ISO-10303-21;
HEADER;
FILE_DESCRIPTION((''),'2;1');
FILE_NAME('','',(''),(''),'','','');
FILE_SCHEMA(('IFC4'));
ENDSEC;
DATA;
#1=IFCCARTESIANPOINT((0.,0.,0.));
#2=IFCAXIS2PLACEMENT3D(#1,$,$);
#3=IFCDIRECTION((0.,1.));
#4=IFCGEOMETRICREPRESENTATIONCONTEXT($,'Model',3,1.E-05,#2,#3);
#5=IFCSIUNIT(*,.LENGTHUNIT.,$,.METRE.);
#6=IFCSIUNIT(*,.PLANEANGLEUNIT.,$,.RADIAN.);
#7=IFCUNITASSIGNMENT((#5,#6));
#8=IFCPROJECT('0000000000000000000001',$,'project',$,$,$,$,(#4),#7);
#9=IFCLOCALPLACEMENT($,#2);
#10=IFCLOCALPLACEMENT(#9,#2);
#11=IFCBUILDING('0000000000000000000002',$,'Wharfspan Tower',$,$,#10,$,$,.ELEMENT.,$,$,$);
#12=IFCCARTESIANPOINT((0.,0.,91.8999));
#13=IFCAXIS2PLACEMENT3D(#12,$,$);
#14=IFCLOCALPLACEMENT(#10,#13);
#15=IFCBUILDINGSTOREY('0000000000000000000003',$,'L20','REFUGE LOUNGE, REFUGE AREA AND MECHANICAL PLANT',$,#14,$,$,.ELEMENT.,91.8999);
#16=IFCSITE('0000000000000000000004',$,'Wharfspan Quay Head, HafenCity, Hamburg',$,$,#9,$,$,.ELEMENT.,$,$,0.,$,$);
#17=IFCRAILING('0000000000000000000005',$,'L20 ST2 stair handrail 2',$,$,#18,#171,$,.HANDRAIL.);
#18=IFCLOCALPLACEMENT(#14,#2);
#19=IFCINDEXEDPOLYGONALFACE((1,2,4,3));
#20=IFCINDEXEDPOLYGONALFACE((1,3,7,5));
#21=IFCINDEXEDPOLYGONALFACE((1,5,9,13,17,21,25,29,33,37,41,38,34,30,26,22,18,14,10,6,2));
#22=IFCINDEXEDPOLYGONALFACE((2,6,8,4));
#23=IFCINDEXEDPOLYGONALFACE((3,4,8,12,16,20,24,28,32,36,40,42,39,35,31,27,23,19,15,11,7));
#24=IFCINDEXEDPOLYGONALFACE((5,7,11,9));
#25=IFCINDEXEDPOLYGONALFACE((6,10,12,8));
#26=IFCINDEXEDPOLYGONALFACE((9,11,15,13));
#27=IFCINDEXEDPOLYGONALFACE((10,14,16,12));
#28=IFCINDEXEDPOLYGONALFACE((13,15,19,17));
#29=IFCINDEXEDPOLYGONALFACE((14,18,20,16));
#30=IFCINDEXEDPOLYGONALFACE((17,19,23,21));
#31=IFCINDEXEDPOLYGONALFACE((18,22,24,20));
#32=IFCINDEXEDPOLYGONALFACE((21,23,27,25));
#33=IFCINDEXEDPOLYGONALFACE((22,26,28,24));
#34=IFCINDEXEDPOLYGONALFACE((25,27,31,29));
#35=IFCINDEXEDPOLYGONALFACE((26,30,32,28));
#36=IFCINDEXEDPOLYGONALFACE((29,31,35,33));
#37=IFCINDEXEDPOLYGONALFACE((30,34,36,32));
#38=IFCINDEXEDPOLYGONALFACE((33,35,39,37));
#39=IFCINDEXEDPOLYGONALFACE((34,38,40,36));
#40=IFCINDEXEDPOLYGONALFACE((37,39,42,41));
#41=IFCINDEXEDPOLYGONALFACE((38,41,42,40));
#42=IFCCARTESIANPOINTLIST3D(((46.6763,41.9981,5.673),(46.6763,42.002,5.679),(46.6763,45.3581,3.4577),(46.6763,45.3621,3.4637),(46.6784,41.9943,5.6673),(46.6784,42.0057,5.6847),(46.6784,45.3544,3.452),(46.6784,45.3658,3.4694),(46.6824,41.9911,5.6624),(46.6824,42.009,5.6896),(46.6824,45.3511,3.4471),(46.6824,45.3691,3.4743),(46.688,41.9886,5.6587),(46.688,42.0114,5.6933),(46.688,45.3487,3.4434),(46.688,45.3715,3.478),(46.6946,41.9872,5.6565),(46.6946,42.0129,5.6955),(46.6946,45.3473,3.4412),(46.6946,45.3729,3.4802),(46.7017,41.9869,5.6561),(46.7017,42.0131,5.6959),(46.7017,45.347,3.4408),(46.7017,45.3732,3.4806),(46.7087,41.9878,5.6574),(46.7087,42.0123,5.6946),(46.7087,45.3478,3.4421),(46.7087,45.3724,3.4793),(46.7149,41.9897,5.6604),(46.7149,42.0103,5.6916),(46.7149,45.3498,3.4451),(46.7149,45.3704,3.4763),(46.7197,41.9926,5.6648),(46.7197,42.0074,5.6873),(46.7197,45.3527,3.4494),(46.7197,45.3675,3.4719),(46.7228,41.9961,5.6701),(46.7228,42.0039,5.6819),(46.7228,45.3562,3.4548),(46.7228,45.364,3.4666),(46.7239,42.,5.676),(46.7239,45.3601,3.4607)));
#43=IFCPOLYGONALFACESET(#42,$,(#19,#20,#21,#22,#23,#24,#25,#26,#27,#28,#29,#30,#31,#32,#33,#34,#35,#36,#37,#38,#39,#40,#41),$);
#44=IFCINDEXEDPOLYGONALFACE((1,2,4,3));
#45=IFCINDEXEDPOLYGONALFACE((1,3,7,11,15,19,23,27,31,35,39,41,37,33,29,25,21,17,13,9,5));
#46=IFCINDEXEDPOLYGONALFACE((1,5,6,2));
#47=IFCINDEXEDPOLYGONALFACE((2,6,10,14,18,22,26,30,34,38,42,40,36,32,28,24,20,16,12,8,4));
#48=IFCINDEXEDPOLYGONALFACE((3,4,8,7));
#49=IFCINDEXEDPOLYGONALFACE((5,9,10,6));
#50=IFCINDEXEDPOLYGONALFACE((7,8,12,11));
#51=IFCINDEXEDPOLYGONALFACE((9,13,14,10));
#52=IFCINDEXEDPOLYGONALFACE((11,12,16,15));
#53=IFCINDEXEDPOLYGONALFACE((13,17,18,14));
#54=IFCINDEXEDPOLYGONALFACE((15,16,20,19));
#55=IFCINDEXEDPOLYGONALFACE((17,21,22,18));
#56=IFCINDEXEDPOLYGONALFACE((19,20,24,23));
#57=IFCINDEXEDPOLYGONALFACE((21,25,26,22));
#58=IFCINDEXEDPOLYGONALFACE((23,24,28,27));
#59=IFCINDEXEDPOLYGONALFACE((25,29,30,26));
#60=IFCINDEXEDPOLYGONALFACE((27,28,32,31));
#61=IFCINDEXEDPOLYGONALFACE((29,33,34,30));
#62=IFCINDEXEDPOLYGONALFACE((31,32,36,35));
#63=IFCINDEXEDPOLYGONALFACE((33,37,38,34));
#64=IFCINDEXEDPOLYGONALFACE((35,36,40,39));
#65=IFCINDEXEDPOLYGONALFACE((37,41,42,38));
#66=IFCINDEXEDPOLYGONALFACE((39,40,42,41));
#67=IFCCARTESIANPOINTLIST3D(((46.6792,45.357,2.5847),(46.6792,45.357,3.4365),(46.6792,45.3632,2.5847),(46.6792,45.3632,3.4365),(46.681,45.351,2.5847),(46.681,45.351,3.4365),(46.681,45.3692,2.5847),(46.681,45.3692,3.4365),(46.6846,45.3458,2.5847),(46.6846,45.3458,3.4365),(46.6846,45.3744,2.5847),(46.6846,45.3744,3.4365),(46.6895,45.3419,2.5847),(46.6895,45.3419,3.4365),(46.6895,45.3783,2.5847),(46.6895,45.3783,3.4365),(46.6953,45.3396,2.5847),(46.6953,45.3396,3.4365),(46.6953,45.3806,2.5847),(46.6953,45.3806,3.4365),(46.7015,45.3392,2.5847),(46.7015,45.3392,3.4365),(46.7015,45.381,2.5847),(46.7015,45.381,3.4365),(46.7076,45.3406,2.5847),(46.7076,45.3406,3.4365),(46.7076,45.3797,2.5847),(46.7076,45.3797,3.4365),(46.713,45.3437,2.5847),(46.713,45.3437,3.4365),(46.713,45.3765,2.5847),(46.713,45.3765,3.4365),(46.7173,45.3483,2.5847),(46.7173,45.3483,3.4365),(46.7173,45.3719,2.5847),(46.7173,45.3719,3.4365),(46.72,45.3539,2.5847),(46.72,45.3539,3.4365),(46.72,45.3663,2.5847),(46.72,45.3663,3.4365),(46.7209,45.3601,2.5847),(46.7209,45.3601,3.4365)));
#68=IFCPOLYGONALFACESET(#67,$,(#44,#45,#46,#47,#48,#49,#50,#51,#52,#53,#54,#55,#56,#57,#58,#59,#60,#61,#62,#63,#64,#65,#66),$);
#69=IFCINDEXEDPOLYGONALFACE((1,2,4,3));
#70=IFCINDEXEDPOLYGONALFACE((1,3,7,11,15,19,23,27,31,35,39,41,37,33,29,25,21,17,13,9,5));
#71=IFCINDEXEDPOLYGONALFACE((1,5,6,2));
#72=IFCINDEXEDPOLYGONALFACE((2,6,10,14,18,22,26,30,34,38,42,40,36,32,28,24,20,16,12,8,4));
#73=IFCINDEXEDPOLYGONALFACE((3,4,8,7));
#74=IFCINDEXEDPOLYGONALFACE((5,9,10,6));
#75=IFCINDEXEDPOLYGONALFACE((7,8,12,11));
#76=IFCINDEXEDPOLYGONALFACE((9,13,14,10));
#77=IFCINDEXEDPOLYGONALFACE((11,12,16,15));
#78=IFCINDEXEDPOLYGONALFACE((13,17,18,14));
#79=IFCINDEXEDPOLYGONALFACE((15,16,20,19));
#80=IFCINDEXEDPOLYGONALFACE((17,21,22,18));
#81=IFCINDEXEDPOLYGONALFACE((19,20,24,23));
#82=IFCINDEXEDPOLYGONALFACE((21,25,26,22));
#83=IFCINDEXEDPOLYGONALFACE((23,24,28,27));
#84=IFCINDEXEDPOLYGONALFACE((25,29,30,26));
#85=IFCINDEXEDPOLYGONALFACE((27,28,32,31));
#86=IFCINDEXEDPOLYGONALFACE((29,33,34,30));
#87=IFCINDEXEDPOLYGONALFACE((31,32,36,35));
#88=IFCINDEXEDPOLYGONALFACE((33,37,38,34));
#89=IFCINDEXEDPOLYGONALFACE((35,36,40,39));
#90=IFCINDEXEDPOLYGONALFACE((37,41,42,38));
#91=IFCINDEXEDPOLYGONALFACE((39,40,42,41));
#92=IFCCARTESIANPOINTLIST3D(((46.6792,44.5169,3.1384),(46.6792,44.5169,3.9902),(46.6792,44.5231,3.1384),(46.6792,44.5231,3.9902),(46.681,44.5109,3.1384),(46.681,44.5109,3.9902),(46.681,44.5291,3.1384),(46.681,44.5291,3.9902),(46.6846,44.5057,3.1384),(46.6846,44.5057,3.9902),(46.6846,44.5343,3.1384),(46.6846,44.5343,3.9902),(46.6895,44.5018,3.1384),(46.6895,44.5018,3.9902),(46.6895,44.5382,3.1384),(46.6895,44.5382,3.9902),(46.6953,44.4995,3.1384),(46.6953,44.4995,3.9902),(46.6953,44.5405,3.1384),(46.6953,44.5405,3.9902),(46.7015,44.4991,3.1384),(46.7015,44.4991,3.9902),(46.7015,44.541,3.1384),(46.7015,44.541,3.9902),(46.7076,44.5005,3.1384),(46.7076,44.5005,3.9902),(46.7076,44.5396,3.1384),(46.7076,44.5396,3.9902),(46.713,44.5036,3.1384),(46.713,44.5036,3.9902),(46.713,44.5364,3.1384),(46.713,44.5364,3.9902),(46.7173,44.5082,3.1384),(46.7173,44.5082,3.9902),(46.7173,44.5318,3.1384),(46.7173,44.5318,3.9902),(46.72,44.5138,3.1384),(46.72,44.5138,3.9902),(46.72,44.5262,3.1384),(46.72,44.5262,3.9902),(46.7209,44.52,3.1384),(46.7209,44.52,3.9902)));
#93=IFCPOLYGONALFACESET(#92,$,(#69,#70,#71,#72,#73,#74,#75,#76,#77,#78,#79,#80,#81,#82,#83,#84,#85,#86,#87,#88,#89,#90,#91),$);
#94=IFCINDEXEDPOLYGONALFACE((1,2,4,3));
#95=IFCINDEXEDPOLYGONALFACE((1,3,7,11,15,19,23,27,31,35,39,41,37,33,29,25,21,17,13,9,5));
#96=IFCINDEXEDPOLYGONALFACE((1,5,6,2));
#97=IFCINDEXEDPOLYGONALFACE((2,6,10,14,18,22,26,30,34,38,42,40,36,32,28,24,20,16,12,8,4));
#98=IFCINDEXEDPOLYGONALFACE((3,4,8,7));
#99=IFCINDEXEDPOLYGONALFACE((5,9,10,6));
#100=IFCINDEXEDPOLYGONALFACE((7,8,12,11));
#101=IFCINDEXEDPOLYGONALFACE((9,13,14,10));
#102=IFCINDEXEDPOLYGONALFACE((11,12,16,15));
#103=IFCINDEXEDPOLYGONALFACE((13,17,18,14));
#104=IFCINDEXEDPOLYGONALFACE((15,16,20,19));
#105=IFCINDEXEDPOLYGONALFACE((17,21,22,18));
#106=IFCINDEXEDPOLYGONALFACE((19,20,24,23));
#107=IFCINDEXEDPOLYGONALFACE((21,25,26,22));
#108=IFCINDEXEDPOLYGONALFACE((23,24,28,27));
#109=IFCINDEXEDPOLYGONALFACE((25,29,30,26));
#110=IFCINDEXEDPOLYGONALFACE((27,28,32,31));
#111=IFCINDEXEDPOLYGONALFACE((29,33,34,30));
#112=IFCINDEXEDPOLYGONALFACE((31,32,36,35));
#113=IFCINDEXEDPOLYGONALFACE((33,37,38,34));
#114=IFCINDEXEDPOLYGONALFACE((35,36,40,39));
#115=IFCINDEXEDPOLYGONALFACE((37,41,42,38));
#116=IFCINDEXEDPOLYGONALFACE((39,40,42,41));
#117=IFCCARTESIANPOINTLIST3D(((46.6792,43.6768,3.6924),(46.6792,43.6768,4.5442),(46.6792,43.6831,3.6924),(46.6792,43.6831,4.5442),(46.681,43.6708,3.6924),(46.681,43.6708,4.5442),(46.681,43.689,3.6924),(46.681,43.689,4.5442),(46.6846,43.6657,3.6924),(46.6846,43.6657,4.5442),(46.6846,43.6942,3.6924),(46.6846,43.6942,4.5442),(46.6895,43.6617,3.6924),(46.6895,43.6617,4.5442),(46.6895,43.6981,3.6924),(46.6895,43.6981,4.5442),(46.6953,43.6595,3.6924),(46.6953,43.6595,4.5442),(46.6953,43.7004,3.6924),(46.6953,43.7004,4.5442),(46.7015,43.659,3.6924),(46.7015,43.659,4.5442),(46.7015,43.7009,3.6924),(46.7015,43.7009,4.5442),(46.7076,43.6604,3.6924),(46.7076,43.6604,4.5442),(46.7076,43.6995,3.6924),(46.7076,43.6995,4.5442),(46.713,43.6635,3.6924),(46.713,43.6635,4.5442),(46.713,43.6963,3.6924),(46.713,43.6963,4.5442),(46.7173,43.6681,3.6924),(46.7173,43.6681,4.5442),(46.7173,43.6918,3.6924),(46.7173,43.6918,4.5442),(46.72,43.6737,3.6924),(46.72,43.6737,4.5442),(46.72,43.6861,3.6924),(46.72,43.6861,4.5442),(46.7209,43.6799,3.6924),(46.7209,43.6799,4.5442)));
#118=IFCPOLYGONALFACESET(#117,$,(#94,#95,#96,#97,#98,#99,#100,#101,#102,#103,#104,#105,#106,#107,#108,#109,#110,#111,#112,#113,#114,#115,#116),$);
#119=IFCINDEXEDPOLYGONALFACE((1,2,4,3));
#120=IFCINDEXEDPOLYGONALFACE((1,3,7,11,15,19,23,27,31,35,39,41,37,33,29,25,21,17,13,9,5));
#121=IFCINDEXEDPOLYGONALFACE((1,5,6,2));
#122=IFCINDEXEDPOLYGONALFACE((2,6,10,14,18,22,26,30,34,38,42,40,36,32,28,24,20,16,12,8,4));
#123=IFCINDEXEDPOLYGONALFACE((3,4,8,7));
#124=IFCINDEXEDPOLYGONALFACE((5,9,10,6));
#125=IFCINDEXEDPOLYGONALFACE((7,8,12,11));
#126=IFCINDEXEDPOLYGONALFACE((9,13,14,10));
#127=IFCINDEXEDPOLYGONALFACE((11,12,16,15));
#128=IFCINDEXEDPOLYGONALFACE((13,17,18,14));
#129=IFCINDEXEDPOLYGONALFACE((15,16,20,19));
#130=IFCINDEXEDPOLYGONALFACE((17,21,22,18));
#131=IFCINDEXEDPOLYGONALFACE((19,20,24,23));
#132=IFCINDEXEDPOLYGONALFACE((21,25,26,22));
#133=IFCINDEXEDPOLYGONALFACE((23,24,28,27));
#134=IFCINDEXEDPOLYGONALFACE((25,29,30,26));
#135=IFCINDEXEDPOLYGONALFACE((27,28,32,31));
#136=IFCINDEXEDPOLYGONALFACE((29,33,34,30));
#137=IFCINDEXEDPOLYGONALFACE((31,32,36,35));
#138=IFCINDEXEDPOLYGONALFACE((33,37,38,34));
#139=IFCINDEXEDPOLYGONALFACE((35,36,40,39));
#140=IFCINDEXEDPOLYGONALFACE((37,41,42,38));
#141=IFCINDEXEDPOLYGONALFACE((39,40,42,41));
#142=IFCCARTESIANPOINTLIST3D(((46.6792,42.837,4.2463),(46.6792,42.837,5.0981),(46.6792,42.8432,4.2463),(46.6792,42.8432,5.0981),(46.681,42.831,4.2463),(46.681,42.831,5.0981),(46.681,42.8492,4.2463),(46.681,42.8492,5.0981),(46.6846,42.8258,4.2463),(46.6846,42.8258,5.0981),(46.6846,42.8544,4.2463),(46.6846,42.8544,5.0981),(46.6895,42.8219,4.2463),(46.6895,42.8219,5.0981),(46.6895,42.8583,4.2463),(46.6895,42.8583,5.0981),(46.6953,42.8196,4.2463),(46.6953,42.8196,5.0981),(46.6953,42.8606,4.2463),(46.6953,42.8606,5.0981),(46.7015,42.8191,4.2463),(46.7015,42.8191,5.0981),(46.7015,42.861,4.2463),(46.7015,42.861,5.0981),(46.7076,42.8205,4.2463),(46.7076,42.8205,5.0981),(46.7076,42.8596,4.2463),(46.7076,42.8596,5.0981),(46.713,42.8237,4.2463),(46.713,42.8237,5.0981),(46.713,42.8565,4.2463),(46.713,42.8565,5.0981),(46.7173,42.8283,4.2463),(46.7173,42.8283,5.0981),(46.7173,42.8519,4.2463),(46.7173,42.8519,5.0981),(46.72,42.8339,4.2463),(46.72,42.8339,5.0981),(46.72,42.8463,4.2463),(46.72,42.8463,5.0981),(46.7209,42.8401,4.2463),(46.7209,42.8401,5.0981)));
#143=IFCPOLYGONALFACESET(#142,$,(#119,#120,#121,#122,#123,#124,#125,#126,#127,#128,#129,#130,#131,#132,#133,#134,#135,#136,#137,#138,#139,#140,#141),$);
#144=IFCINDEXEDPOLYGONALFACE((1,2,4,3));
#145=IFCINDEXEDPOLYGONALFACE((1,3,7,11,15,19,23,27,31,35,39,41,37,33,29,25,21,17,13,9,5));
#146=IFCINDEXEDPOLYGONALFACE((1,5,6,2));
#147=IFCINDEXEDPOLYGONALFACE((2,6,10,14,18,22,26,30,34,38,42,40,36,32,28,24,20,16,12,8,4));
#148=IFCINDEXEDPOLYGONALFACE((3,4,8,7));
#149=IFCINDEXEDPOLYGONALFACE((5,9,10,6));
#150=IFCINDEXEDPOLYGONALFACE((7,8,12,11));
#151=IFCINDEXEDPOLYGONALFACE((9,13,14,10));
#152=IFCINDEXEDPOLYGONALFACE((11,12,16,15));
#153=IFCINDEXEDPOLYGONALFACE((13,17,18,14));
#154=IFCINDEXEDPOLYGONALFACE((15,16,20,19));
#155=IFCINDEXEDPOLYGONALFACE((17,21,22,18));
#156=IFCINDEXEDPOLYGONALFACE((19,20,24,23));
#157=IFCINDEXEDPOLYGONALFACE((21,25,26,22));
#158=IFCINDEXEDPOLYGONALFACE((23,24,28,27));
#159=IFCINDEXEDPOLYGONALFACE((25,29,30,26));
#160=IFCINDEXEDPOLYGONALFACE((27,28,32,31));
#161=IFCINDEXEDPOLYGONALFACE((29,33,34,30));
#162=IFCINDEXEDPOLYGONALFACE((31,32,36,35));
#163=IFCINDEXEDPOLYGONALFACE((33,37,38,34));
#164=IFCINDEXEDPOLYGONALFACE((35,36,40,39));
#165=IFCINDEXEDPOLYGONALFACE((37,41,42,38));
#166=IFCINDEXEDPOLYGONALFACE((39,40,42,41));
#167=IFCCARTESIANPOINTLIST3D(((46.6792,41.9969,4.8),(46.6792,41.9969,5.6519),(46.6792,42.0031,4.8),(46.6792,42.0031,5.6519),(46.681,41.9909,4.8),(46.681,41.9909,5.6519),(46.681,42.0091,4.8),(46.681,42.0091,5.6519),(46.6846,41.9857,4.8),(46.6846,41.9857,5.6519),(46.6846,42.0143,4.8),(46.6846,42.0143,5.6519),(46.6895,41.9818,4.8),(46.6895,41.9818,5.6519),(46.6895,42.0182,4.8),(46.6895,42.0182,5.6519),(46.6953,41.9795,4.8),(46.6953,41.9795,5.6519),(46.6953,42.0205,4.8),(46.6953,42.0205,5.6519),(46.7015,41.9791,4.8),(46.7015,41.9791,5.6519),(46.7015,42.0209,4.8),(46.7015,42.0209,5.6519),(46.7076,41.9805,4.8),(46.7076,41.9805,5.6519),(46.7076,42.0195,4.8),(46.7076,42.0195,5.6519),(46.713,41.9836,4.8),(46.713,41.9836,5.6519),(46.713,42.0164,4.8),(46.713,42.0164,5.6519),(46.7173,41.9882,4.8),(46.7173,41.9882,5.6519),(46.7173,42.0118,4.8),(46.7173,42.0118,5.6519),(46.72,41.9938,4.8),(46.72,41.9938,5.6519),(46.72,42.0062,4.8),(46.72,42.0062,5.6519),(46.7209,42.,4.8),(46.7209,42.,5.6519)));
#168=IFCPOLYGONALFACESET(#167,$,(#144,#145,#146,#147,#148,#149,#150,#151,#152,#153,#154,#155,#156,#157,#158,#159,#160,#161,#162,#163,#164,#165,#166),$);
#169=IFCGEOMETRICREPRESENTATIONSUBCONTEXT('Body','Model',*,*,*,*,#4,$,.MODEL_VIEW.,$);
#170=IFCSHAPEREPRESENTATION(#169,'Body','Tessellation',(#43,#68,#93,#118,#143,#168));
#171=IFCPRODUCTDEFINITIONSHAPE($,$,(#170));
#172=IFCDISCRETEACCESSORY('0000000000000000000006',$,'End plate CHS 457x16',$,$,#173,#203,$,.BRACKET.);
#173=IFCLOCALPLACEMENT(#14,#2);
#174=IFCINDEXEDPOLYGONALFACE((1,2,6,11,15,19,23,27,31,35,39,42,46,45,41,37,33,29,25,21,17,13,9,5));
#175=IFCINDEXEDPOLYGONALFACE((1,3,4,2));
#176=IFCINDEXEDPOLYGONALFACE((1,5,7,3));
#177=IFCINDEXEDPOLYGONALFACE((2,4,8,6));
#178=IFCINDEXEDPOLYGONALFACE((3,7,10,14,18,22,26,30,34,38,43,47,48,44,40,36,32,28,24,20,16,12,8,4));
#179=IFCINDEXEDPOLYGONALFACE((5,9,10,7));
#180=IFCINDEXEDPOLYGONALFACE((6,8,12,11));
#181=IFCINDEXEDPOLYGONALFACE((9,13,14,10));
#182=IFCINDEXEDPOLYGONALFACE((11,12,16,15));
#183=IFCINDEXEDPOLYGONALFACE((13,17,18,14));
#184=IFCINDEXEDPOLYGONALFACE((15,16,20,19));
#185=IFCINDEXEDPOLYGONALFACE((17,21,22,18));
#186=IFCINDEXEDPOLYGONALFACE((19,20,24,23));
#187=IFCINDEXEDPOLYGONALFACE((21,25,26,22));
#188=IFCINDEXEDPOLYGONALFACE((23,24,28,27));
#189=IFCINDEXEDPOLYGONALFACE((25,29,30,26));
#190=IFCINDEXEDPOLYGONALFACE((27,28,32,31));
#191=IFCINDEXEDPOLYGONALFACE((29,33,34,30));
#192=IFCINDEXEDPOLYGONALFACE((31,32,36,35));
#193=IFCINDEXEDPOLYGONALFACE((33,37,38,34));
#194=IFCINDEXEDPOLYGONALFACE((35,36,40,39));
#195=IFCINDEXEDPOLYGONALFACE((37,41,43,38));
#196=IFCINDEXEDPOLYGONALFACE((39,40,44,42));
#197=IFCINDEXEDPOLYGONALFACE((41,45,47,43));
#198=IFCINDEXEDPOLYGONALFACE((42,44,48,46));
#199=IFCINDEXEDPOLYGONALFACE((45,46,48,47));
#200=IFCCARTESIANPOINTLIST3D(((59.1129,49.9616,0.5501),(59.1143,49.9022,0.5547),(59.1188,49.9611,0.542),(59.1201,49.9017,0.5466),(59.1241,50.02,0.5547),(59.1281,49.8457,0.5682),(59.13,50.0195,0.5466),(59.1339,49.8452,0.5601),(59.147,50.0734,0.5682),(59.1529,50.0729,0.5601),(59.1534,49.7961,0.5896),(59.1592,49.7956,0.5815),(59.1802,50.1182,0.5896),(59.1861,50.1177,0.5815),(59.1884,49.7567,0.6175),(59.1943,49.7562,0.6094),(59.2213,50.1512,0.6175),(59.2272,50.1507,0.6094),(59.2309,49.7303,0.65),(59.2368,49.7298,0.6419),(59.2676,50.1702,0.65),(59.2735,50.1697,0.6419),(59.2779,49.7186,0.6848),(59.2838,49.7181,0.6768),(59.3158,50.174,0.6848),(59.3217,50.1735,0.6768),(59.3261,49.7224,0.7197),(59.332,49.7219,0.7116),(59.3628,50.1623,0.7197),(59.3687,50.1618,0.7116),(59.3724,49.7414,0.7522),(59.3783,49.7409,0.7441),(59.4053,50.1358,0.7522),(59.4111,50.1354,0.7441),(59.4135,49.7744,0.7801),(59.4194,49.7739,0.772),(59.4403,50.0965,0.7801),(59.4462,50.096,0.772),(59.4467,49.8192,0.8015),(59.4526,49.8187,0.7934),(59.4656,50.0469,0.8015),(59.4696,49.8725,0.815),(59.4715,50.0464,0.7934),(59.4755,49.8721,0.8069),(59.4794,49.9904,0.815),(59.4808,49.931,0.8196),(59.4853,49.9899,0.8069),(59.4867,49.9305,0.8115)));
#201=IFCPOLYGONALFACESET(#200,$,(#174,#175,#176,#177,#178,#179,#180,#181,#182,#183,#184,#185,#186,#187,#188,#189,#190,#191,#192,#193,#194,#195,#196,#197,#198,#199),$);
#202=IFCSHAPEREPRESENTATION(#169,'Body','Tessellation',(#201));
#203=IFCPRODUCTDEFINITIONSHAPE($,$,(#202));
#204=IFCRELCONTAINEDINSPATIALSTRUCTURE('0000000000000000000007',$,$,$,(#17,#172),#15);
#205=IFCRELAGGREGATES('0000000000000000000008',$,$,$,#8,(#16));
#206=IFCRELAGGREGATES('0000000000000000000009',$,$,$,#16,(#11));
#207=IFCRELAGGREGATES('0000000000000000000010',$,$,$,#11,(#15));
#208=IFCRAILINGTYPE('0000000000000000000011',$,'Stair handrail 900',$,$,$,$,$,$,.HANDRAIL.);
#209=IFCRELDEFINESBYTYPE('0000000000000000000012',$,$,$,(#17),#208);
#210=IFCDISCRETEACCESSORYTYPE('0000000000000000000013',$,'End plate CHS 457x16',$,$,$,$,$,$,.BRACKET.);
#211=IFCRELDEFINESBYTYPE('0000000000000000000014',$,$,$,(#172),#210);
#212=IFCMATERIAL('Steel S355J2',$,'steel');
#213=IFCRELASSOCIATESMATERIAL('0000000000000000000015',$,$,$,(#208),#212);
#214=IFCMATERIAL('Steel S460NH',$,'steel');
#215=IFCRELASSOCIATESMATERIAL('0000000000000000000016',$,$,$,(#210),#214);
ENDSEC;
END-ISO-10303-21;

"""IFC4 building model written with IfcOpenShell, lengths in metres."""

from ifc_helpers import new_model, si_unit, direction, frame, origin, origin_2d, place, context, subcontext, project, spatial, circle, extrude, material, material_profile, profile_set, type_object, element, save


model = new_model("IFC4")

# Units and contexts
model_context = context("Model", 3, precision=1e-05, world=origin(), true_north=direction((0.0, 1.0)))
body_context = subcontext(model_context, "Body", "Model", "MODEL_VIEW")
ifc_project = project(units=[si_unit("LENGTHUNIT", "METRE"), si_unit("PLANEANGLEUNIT", "RADIAN")], contexts=[model_context])

# Site, building, storey
site_placement = place(None, origin())
site = spatial("IfcSite", under=ifc_project, at=site_placement, Name="Wharfspan Quay Head, HafenCity, Hamburg", CompositionType="ELEMENT", RefElevation=0.0)
building_placement = place(site_placement, origin())
building = spatial("IfcBuilding", under=site, at=building_placement, Name="Wharfspan Tower", CompositionType="ELEMENT")
storey_placement = place(building_placement, frame((0.0, 0.0, 91.8999)))
storey = spatial("IfcBuildingStorey", under=building, at=storey_placement, Name="L20", Description="REFUGE LOUNGE, REFUGE AREA AND MECHANICAL PLANT", CompositionType="ELEMENT", Elevation=91.8999)

# Shared definitions
ifc_material_1 = material(Name="Steel S355J2", Category="steel")

# Shared definitions
ifc_material_2 = material(Name="Steel S460NH", Category="steel")

# Railing
railing_type = type_object("IfcRailingType", Name="Stair handrail 900", PredefinedType="HANDRAIL", material=ifc_material_1)
railing_placement = place(storey_placement, frame((46.7, 45.3601, 2.5847)))
element("IfcRailing", 1, at=railing_placement, inside=storey, type_object=railing_type, Name="L20 ST2 stair handrail 2", PredefinedType="HANDRAIL", context=body_context, shape_type="SweptSolid", body=[
    extrude(circle(Radius=0.0239, at=origin_2d()), frame((0.0, 0.0, 0.876), z_axis=(0.0, -0.834876, 0.550437), x_axis=(1.0, 0.0, 0.0)), (0.0, 0.0, 1.0), 4.0247),
    extrude(circle(Radius=0.021, at=origin_2d()), origin(), (0.0, 0.0, 1.0), 0.8518),
    extrude(circle(Radius=0.021, at=origin_2d()), frame((0.0, -0.8401, 0.5537)), (0.0, 0.0, 1.0), 0.8518),
    extrude(circle(Radius=0.021, at=origin_2d()), frame((0.0, -1.6802, 1.1077)), (0.0, 0.0, 1.0), 0.8518),
    extrude(circle(Radius=0.021, at=origin_2d()), frame((0.0, -2.52, 1.6616)), (0.0, 0.0, 1.0), 0.8518),
    extrude(circle(Radius=0.021, at=origin_2d()), frame((0.0, -3.3601, 2.2153)), (0.0, 0.0, 1.0), 0.8518),
])

# Discrete accessory
ifc_material_profile_1 = material_profile(ifc_material_2, circle(Radius=0.2285, at=origin_2d()))
ifc_profile_set_1 = profile_set([ifc_material_profile_1], Name="Steel S460NH")
discrete_accessory_type_1 = type_object("IfcDiscreteAccessoryType", Name="End plate CHS 457x16", PredefinedType="BRACKET", material=ifc_profile_set_1)
discrete_accessory_1_placement = place(storey_placement, frame((59.3027, 49.9458, 0.6768), z_axis=(-0.587466, 0.048956, 0.807766), x_axis=(-0.083046, -0.996542, 0.0)))
element("IfcDiscreteAccessory", 2, at=discrete_accessory_1_placement, inside=storey, type_object=discrete_accessory_type_1, Name="End plate CHS 457x16", PredefinedType="BRACKET", context=body_context, shape_type="SweptSolid", body=[
    extrude(circle(Radius=0.2285, at=origin_2d()), origin(), (0.0, 0.0, 1.0), 0.01),
])

save(model, "model.ifc")
